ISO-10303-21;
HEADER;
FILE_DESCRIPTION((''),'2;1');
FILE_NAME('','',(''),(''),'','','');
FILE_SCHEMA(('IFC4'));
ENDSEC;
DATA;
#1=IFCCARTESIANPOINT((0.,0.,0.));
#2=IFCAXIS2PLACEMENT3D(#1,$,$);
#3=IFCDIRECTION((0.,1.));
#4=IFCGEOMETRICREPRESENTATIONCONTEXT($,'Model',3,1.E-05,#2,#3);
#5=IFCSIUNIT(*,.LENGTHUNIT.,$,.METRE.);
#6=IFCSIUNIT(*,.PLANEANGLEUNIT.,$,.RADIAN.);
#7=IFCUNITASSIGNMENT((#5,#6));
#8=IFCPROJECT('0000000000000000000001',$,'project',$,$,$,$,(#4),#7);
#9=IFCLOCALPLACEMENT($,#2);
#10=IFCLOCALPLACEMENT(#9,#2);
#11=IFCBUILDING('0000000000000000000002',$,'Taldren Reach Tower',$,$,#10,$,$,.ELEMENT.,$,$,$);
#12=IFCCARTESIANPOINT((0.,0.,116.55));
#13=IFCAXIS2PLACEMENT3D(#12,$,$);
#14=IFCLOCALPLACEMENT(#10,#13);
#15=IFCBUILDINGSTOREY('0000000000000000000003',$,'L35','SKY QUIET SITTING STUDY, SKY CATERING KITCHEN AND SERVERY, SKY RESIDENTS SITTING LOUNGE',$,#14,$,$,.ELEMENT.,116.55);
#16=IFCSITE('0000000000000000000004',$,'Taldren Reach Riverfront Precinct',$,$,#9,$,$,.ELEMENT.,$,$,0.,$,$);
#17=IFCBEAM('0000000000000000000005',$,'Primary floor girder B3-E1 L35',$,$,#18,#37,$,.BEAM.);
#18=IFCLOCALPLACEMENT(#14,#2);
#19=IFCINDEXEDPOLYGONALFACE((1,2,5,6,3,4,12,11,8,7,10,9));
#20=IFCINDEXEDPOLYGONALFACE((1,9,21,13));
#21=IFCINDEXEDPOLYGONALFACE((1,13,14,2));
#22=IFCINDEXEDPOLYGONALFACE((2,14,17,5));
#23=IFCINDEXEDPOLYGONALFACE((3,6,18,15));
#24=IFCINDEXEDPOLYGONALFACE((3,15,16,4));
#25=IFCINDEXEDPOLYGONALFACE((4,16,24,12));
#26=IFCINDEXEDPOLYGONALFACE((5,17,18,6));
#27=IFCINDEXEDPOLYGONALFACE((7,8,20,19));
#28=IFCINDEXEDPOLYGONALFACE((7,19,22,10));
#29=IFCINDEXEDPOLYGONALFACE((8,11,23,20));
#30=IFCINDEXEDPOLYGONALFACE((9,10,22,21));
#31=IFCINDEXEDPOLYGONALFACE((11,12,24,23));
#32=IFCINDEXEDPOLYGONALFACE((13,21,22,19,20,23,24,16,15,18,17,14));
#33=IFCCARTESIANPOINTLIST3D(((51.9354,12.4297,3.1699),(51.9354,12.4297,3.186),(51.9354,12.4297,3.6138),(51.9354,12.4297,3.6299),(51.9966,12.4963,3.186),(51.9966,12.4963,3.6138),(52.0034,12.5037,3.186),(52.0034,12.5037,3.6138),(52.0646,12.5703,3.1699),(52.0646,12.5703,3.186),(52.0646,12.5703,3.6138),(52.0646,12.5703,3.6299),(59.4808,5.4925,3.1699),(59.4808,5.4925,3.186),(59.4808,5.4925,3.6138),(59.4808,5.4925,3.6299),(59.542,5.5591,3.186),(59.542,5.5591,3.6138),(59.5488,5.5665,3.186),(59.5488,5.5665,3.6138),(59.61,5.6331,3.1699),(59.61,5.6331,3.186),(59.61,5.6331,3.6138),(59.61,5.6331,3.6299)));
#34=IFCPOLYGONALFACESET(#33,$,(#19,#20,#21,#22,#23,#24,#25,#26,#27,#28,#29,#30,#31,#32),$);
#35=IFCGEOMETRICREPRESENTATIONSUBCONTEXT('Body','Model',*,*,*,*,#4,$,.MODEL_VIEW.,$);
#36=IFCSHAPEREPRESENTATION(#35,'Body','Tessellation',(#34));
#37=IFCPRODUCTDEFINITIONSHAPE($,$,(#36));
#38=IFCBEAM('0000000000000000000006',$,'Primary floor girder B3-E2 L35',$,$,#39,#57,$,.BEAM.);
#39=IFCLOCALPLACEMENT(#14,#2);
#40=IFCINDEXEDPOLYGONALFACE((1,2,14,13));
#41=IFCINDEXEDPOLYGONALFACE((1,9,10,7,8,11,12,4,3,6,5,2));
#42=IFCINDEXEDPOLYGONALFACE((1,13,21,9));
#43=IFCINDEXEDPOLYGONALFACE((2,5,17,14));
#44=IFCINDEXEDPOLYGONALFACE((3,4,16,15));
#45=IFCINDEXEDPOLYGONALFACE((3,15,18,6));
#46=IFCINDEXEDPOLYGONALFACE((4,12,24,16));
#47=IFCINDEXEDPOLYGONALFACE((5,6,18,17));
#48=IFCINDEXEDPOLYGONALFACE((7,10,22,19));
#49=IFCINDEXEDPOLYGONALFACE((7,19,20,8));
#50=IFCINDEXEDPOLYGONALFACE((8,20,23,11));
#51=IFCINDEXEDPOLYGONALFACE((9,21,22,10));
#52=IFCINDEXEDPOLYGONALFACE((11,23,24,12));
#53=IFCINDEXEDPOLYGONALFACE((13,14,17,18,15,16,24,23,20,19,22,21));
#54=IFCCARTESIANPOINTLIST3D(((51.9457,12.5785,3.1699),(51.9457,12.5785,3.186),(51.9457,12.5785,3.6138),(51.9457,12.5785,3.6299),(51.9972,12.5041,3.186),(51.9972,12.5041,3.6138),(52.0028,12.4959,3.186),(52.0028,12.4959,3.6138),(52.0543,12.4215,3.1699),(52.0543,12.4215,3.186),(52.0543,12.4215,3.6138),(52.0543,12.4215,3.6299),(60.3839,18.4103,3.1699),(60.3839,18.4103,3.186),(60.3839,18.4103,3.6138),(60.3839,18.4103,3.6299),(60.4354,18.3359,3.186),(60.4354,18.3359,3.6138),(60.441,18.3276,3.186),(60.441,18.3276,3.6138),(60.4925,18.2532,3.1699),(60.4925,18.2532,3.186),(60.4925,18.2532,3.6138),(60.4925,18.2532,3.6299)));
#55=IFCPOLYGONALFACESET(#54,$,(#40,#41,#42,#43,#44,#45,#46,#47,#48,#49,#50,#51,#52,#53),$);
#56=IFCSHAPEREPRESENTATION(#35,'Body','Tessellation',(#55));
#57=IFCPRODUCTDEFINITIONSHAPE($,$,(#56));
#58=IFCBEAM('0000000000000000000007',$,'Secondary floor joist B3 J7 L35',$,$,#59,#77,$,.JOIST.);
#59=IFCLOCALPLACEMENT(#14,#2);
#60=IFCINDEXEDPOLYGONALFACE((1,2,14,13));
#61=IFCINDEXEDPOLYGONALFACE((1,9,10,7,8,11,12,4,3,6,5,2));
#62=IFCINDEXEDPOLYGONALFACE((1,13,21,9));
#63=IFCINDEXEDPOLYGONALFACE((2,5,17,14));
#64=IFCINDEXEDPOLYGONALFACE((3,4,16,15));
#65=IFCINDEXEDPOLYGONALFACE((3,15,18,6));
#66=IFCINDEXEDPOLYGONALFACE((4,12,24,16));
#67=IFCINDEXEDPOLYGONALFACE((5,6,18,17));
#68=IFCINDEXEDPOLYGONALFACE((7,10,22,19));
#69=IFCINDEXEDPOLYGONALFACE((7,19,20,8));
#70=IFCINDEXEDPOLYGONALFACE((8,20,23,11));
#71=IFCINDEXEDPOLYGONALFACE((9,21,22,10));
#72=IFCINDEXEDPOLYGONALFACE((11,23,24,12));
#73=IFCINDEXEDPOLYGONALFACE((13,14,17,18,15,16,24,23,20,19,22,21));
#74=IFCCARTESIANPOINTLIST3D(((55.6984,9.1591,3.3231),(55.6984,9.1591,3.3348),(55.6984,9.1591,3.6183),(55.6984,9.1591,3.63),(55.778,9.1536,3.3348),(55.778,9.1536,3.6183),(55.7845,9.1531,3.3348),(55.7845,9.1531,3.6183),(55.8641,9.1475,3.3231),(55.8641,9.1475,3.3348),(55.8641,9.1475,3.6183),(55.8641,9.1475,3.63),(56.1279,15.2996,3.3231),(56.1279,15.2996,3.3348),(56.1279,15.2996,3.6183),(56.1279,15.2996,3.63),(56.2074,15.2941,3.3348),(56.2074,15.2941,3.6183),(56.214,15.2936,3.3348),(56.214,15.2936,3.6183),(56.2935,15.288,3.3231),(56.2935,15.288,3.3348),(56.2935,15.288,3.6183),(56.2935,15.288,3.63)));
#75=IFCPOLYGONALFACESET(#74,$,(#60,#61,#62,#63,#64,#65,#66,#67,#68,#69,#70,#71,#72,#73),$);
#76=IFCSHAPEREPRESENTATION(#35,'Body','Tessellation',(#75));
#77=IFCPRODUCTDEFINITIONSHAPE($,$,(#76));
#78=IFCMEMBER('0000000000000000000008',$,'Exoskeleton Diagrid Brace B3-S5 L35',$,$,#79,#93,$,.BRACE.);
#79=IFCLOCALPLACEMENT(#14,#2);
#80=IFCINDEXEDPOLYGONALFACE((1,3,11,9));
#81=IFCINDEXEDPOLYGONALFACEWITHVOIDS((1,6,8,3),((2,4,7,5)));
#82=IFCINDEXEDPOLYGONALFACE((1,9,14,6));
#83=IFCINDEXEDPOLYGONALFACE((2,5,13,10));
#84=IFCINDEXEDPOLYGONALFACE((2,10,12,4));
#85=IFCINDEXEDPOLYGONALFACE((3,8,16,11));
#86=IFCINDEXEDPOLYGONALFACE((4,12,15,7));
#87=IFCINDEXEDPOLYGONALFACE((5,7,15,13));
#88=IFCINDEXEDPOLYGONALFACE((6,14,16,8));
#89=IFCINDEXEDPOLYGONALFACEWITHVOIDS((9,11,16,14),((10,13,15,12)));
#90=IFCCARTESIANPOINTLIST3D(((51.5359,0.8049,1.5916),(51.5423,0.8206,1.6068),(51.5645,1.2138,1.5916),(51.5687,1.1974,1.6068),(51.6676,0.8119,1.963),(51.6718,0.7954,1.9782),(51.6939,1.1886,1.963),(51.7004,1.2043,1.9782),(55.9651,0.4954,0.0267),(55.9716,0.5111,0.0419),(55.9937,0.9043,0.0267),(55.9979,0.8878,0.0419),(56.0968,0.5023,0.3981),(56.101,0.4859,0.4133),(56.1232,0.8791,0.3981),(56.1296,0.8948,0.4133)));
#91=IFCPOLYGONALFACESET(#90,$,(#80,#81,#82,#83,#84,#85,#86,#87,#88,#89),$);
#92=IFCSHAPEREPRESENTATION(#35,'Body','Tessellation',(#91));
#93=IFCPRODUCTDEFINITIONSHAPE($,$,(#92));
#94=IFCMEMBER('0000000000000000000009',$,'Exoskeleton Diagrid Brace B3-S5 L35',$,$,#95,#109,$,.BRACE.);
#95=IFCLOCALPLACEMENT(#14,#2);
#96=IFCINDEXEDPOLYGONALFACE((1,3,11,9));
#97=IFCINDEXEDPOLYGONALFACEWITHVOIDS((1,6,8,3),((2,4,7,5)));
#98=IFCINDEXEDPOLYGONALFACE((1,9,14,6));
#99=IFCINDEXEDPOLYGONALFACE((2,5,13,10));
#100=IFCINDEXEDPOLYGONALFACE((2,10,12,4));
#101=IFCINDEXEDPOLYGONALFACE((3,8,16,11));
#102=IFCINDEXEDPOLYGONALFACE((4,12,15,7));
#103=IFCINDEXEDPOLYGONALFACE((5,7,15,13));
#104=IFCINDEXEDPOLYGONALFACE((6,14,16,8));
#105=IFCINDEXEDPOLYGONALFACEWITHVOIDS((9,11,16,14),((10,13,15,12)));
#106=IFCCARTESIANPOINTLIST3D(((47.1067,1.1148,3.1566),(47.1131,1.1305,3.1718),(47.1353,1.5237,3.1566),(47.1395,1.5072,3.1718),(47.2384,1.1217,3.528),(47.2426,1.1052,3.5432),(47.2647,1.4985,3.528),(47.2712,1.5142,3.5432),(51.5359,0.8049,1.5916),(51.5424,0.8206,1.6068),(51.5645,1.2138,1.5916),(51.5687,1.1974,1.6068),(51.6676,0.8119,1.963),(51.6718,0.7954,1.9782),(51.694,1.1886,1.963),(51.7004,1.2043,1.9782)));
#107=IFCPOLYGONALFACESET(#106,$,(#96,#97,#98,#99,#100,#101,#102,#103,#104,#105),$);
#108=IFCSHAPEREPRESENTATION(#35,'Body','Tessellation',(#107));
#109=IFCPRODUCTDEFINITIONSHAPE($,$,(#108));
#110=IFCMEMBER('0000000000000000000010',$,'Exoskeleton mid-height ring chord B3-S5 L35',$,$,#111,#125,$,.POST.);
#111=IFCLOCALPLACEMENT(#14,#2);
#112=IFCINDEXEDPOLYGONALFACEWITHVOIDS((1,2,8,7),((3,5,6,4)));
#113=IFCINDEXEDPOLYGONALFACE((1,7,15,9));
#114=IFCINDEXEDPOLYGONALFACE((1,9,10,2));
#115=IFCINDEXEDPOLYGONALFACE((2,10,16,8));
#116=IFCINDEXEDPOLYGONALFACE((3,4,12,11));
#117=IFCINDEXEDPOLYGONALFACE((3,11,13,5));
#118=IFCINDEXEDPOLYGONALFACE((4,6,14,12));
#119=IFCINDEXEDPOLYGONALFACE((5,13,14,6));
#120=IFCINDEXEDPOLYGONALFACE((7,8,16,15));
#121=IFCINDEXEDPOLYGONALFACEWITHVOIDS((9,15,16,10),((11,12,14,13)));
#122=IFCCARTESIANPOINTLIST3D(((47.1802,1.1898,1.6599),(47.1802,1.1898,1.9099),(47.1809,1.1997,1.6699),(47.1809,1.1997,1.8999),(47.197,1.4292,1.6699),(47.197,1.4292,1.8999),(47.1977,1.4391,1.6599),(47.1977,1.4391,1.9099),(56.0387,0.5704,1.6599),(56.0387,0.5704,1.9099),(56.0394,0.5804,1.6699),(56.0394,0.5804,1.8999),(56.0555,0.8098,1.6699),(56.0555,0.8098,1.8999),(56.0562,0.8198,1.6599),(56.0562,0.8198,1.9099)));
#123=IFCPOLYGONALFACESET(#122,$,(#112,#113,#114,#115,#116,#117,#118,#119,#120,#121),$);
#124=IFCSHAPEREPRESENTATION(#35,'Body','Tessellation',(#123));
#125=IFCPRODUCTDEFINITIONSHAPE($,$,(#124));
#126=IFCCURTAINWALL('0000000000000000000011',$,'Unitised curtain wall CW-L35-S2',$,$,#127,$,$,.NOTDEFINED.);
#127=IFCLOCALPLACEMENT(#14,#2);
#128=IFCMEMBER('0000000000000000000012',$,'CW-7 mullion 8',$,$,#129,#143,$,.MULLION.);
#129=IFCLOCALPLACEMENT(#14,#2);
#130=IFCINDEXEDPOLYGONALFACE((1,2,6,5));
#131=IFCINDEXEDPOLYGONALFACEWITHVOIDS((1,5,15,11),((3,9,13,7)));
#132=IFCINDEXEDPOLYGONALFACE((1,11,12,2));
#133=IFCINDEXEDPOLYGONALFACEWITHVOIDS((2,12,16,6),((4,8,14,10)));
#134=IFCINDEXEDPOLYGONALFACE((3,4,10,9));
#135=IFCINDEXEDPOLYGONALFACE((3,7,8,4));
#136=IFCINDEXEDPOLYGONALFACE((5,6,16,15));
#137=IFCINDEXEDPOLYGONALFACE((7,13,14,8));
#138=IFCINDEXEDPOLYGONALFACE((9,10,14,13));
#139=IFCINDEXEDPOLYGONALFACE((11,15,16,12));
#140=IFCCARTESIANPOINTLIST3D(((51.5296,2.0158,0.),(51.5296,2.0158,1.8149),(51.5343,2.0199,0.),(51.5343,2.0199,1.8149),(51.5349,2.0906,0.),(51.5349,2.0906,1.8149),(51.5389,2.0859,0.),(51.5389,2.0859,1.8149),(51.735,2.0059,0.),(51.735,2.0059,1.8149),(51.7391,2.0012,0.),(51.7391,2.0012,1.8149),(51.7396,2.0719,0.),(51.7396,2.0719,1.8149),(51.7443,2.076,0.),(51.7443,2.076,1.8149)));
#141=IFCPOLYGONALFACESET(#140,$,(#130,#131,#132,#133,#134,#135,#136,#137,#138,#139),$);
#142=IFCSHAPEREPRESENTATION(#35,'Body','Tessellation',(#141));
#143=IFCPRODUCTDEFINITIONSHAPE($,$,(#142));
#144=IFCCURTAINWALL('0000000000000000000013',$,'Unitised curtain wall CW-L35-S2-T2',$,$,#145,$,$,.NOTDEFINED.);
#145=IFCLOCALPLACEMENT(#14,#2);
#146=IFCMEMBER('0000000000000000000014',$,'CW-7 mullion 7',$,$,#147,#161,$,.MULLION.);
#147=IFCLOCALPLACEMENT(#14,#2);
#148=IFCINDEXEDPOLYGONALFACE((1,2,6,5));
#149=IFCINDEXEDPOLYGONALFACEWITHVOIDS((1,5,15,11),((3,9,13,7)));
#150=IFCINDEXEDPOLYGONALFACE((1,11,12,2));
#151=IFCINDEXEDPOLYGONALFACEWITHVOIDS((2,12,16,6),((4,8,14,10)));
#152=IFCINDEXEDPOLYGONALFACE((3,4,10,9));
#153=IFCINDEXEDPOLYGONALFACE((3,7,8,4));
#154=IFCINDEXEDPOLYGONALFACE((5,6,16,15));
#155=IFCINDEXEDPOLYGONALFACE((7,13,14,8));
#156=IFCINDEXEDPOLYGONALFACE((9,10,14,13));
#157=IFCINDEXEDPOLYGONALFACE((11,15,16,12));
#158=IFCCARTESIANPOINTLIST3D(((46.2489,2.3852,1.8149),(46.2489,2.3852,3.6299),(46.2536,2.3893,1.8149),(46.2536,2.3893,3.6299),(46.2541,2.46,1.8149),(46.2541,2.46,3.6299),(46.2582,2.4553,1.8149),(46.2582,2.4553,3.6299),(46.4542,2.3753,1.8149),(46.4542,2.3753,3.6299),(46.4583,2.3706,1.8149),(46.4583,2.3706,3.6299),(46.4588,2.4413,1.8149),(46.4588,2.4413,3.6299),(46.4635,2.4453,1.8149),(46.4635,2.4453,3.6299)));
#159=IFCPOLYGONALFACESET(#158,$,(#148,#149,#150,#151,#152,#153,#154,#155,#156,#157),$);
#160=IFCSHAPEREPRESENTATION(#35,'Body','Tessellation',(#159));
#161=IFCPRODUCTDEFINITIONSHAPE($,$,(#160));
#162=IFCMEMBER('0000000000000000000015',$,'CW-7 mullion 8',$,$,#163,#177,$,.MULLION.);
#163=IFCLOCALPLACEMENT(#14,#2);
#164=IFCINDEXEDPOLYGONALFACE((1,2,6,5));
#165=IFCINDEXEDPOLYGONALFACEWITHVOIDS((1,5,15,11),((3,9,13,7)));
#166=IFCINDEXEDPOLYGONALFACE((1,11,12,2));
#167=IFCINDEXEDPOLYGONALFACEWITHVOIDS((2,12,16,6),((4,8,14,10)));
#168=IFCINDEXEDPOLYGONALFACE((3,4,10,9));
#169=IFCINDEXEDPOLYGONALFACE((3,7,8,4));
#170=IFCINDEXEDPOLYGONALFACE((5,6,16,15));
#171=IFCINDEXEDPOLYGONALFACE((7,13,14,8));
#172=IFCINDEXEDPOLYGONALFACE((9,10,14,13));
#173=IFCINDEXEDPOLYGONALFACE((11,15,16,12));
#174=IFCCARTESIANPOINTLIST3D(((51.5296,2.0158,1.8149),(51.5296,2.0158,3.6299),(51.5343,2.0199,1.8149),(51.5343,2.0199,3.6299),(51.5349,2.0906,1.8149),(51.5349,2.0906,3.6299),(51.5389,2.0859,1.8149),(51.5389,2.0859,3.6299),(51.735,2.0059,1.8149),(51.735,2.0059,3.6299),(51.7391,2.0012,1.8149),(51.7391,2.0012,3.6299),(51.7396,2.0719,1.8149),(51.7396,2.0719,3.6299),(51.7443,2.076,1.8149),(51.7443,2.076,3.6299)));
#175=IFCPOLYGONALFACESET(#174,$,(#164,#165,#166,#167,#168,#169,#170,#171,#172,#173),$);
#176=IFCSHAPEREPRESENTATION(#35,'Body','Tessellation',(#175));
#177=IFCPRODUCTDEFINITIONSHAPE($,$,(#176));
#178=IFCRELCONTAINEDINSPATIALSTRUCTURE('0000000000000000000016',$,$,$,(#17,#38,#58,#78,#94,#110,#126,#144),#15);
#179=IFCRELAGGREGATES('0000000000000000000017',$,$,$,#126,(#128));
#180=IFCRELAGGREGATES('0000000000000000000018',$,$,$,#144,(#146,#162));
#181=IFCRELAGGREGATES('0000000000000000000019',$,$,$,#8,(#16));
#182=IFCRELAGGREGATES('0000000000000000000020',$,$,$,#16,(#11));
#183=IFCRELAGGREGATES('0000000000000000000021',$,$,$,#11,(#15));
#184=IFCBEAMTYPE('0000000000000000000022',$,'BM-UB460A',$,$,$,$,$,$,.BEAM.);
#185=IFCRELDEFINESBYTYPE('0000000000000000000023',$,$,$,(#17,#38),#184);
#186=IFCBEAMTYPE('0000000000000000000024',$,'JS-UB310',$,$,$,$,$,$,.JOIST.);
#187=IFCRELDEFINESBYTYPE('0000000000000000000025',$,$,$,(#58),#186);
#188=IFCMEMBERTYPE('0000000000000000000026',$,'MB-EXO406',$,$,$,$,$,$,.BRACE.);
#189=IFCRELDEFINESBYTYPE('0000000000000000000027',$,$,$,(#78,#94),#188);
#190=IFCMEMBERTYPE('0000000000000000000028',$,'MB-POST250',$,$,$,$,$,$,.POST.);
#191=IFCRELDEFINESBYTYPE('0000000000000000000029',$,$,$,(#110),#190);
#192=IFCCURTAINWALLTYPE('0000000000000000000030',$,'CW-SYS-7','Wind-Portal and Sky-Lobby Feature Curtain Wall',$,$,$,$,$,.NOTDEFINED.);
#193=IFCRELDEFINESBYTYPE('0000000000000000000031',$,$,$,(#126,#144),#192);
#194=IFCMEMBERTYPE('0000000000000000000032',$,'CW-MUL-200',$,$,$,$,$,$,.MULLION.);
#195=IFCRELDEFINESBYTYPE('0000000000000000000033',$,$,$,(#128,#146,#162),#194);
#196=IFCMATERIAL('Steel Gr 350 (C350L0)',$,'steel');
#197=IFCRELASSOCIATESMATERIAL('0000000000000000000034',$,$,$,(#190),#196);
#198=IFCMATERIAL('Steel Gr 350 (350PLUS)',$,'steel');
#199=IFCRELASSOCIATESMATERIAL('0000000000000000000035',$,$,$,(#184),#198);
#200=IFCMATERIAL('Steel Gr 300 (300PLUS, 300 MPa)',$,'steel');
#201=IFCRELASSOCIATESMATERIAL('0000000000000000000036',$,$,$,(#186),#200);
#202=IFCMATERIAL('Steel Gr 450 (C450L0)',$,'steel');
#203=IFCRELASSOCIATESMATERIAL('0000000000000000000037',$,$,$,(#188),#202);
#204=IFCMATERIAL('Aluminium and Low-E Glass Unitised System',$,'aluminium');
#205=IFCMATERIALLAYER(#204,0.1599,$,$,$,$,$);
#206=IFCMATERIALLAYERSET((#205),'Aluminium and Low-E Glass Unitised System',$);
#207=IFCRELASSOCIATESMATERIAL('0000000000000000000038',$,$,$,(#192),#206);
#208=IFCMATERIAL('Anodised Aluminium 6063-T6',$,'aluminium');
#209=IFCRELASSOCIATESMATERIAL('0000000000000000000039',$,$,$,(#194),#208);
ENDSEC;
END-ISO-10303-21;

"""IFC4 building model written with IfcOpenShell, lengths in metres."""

from ifc_helpers import new_model, si_unit, direction, frame, origin, origin_2d, place, context, subcontext, project, spatial, hollow_rectangle, i_section, extrude, source, transform, mapped, material, layer, layer_set, material_profile, profile_set, type_object, element, aggregate, save


model = new_model("IFC4")

# Units and contexts
model_context = context("Model", 3, precision=1e-05, world=origin(), true_north=direction((0.0, 1.0)))
body_context = subcontext(model_context, "Body", "Model", "MODEL_VIEW")
ifc_project = project(units=[si_unit("LENGTHUNIT", "METRE"), si_unit("PLANEANGLEUNIT", "RADIAN")], contexts=[model_context])

# Site, building, storey
site_placement = place(None, origin())
site = spatial("IfcSite", under=ifc_project, at=site_placement, Name="Taldren Reach Riverfront Precinct", CompositionType="ELEMENT", RefElevation=0.0)
building_placement = place(site_placement, origin())
building = spatial("IfcBuilding", under=site, at=building_placement, Name="Taldren Reach Tower", CompositionType="ELEMENT")
storey_placement = place(building_placement, frame((0.0, 0.0, 116.55)))
storey = spatial("IfcBuildingStorey", under=building, at=storey_placement, Name="L35", Description="SKY QUIET SITTING STUDY, SKY CATERING KITCHEN AND SERVERY, SKY RESIDENTS SITTING LOUNGE", CompositionType="ELEMENT", Elevation=116.55)

# Shared definitions
ifc_material_1 = material(Name="Steel Gr 350 (350PLUS)", Category="steel")

# Shared definitions
ifc_material_2 = material(Name="Steel Gr 450 (C450L0)", Category="steel")
ifc_material_3 = material(Name="Steel Gr 350 (C350L0)", Category="steel")
ifc_material_profile_1 = material_profile(ifc_material_3, hollow_rectangle(XDim=0.25, YDim=0.25, WallThickness=0.01, at=origin_2d()), Name="250x250x10.0SHS")
ifc_profile_set_1 = profile_set([ifc_material_profile_1], Name="Steel Gr 350 (C350L0)")
member_type_1 = type_object("IfcMemberType", Name="MB-POST250", PredefinedType="POST", material=ifc_profile_set_1)

# Beams
ifc_material_profile_2 = material_profile(ifc_material_1, i_section(OverallWidth=0.1909, OverallDepth=0.46, WebThickness=0.01, FlangeThickness=0.0161, at=origin_2d()), Name="460UB82.1")
ifc_profile_set_2 = profile_set([ifc_material_profile_2], Name="Steel Gr 350 (350PLUS)")
beam_type_1 = type_object("IfcBeamType", Name="BM-UB460A", PredefinedType="BEAM", material=ifc_profile_set_2)
shared_shape_1 = source(origin(), body_context, "Body", "SweptSolid", [
    extrude(i_section(OverallWidth=0.1909, OverallDepth=0.46, WebThickness=0.01, FlangeThickness=0.0161, at=origin_2d()), origin(), (0.0, 0.0, 1.0), 10.2498),
])
beam_1_placement = place(storey_placement, frame((52.0, 12.5, 3.3999), z_axis=(0.736151, -0.676818, 0.0), x_axis=(0.676818, 0.736151, 0.0)))
element("IfcBeam", 1, at=beam_1_placement, inside=storey, type_object=beam_type_1, Name="Primary floor girder B3-E1 L35", PredefinedType="BEAM", context=body_context, shape_type="MappedRepresentation", body=[
    mapped(shared_shape_1, transform((0.0, 0.0, 0.0), scale=1.0)),
])
shared_shape_2 = source(origin(), body_context, "Body", "SweptSolid", [
    extrude(i_section(OverallWidth=0.1909, OverallDepth=0.46, WebThickness=0.01, FlangeThickness=0.0161, at=origin_2d()), origin(), (0.0, 0.0, 1.0), 10.2573),
])
beam_2_placement = place(storey_placement, frame((52.0, 12.5, 3.3999), z_axis=(0.822651, 0.568546, 0.0), x_axis=(-0.568546, 0.822651, 0.0)))
element("IfcBeam", 2, at=beam_2_placement, inside=storey, type_object=beam_type_1, Name="Primary floor girder B3-E2 L35", PredefinedType="BEAM", context=body_context, shape_type="MappedRepresentation", body=[
    mapped(shared_shape_2, transform((0.0, 0.0, 0.0), scale=1.0)),
])
ifc_material_4 = material(Name="Steel Gr 300 (300PLUS, 300 MPa)", Category="steel")
ifc_material_profile_3 = material_profile(ifc_material_4, i_section(OverallWidth=0.166, OverallDepth=0.3069, WebThickness=0.0066, FlangeThickness=0.0117, at=origin_2d()), Name="310UB46.2")
ifc_profile_set_3 = profile_set([ifc_material_profile_3], Name="Steel Gr 300 (300PLUS, 300 MPa)")
beam_type_2 = type_object("IfcBeamType", Name="JS-UB310", PredefinedType="JOIST", material=ifc_profile_set_3)
shared_shape_3 = source(origin(), body_context, "Body", "SweptSolid", [
    extrude(i_section(OverallWidth=0.166, OverallDepth=0.3069, WebThickness=0.0066, FlangeThickness=0.0117, at=origin_2d()), origin(), (0.0, 0.0, 1.0), 6.1555),
])
beam_3_placement = place(storey_placement, frame((55.7812, 9.1533, 3.4766), z_axis=(0.069764, 0.997563, 0.0), x_axis=(-0.997563, 0.069764, 0.0)))
element("IfcBeam", 3, at=beam_3_placement, inside=storey, type_object=beam_type_2, Name="Secondary floor joist B3 J7 L35", PredefinedType="JOIST", context=body_context, shape_type="MappedRepresentation", body=[
    mapped(shared_shape_3, transform((0.0, 0.0, 0.0), scale=1.0)),
])

# Members
ifc_material_profile_4 = material_profile(ifc_material_2, hollow_rectangle(XDim=0.4099, YDim=0.4099, WallThickness=0.0161, at=origin_2d()), Name="410x410x16.0SHS")
ifc_profile_set_4 = profile_set([ifc_material_profile_4], Name="Steel Gr 450 (C450L0)")
member_type_2 = type_object("IfcMemberType", Name="MB-EXO406", PredefinedType="BRACE", material=ifc_profile_set_4)
shared_shape_4 = source(origin(), body_context, "Body", "SweptSolid", [
    extrude(hollow_rectangle(XDim=0.4099, YDim=0.4099, WallThickness=0.0161, at=origin_2d()), origin(), (0.0, 0.0, 1.0), 4.7078),
])
for number, where, z_axis, x_axis, name in (
    (4, (56.0474, 0.6951, 0.22), (-0.940836, 0.065758, 0.33242), (-0.069723, -0.997566, 0.0), "Exoskeleton Diagrid Brace B3-S5 L35"),
    (5, (51.6182, 1.0046, 1.7849), (-0.940833, 0.06581, 0.332419), (-0.069778, -0.997563, 0.0), "Exoskeleton Diagrid Brace B3-S5 L35"),
):
    element("IfcMember", number, at=place(storey_placement, frame(where, z_axis=z_axis, x_axis=x_axis)), inside=storey, type_object=member_type_2, Name=name, PredefinedType="BRACE", context=body_context, shape_type="MappedRepresentation", body=[
        mapped(shared_shape_4, transform((0.0, 0.0, 0.0), scale=1.0)),
    ])
shared_shape_5 = source(origin(), body_context, "Body", "SweptSolid", [
    extrude(hollow_rectangle(XDim=0.25, YDim=0.25, WallThickness=0.01, at=origin_2d()), origin(), (0.0, 0.0, 1.0), 8.8801),
])
member_1_placement = place(storey_placement, frame((47.189, 1.3145, 1.7849), z_axis=(0.997564, -0.06975, 0.0), x_axis=(0.06975, 0.997564, 0.0)))
element("IfcMember", 6, at=member_1_placement, inside=storey, type_object=member_type_1, Name="Exoskeleton mid-height ring chord B3-S5 L35", PredefinedType="POST", context=body_context, shape_type="MappedRepresentation", body=[
    mapped(shared_shape_5, transform((0.0, 0.0, 0.0), scale=1.0)),
])

# Curtain wall, member
ifc_material_5 = material(Name="Aluminium and Low-E Glass Unitised System", Category="aluminium")
ifc_layer_1 = layer(ifc_material_5, 0.1599)
ifc_layer_set_1 = layer_set([ifc_layer_1], Name="Aluminium and Low-E Glass Unitised System")
curtain_wall_type = type_object("IfcCurtainWallType", Name="CW-SYS-7", Description="Wind-Portal and Sky-Lobby Feature Curtain Wall", PredefinedType="NOTDEFINED", material=ifc_layer_set_1)
curtain_wall_1_placement = place(storey_placement, origin())
curtain_wall_1 = element("IfcCurtainWall", 7, at=curtain_wall_1_placement, inside=storey, type_object=curtain_wall_type, Name="Unitised curtain wall CW-L35-S2", PredefinedType="NOTDEFINED")
ifc_material_6 = material(Name="Anodised Aluminium 6063-T6", Category="aluminium")
ifc_material_profile_5 = material_profile(ifc_material_6, hollow_rectangle(XDim=0.075, YDim=0.21, WallThickness=0.0044, at=origin_2d()), Name="ALU-210x75x4.5RHS")
ifc_profile_set_5 = profile_set([ifc_material_profile_5], Name="Anodised Aluminium 6063-T6")
member_type_3 = type_object("IfcMemberType", Name="CW-MUL-200", PredefinedType="MULLION", material=ifc_profile_set_5)
shared_shape_6 = source(origin(), body_context, "Body", "SweptSolid", [
    extrude(hollow_rectangle(XDim=0.075, YDim=0.21, WallThickness=0.0044, at=origin_2d()), origin(), (0.0, 0.0, 1.0), 1.8149),
])
member_2_placement = place(storey_placement, frame((51.637, 2.0459, 0.0), z_axis=(0.0, 0.0, 1.0), x_axis=(0.069757, 0.997564, 0.0)))
member_2 = element("IfcMember", 8, at=member_2_placement, type_object=member_type_3, Name="CW-7 mullion 8", PredefinedType="MULLION", context=body_context, shape_type="MappedRepresentation", body=[
    mapped(shared_shape_6, transform((0.0, 0.0, 0.0), scale=1.0)),
])

# Curtain wall, members
curtain_wall_2_placement = place(storey_placement, origin())
curtain_wall_2 = element("IfcCurtainWall", 9, at=curtain_wall_2_placement, inside=storey, type_object=curtain_wall_type, Name="Unitised curtain wall CW-L35-S2-T2", PredefinedType="NOTDEFINED")
member_3_placement = place(storey_placement, frame((46.3562, 2.4153, 1.8149), z_axis=(0.0, 0.0, 1.0), x_axis=(0.069757, 0.997564, 0.0)))
member_3 = element("IfcMember", 10, at=member_3_placement, type_object=member_type_3, Name="CW-7 mullion 7", PredefinedType="MULLION", context=body_context, shape_type="MappedRepresentation", body=[
    mapped(shared_shape_6, transform((0.0, 0.0, 0.0), scale=1.0)),
])
member_4_placement = place(storey_placement, frame((51.637, 2.0459, 1.8149), z_axis=(0.0, 0.0, 1.0), x_axis=(0.069757, 0.997564, 0.0)))
member_4 = element("IfcMember", 11, at=member_4_placement, type_object=member_type_3, Name="CW-7 mullion 8", PredefinedType="MULLION", context=body_context, shape_type="MappedRepresentation", body=[
    mapped(shared_shape_6, transform((0.0, 0.0, 0.0), scale=1.0)),
])

aggregate(curtain_wall_1, [member_2])
aggregate(curtain_wall_2, [member_3, member_4])

save(model, "model.ifc")
